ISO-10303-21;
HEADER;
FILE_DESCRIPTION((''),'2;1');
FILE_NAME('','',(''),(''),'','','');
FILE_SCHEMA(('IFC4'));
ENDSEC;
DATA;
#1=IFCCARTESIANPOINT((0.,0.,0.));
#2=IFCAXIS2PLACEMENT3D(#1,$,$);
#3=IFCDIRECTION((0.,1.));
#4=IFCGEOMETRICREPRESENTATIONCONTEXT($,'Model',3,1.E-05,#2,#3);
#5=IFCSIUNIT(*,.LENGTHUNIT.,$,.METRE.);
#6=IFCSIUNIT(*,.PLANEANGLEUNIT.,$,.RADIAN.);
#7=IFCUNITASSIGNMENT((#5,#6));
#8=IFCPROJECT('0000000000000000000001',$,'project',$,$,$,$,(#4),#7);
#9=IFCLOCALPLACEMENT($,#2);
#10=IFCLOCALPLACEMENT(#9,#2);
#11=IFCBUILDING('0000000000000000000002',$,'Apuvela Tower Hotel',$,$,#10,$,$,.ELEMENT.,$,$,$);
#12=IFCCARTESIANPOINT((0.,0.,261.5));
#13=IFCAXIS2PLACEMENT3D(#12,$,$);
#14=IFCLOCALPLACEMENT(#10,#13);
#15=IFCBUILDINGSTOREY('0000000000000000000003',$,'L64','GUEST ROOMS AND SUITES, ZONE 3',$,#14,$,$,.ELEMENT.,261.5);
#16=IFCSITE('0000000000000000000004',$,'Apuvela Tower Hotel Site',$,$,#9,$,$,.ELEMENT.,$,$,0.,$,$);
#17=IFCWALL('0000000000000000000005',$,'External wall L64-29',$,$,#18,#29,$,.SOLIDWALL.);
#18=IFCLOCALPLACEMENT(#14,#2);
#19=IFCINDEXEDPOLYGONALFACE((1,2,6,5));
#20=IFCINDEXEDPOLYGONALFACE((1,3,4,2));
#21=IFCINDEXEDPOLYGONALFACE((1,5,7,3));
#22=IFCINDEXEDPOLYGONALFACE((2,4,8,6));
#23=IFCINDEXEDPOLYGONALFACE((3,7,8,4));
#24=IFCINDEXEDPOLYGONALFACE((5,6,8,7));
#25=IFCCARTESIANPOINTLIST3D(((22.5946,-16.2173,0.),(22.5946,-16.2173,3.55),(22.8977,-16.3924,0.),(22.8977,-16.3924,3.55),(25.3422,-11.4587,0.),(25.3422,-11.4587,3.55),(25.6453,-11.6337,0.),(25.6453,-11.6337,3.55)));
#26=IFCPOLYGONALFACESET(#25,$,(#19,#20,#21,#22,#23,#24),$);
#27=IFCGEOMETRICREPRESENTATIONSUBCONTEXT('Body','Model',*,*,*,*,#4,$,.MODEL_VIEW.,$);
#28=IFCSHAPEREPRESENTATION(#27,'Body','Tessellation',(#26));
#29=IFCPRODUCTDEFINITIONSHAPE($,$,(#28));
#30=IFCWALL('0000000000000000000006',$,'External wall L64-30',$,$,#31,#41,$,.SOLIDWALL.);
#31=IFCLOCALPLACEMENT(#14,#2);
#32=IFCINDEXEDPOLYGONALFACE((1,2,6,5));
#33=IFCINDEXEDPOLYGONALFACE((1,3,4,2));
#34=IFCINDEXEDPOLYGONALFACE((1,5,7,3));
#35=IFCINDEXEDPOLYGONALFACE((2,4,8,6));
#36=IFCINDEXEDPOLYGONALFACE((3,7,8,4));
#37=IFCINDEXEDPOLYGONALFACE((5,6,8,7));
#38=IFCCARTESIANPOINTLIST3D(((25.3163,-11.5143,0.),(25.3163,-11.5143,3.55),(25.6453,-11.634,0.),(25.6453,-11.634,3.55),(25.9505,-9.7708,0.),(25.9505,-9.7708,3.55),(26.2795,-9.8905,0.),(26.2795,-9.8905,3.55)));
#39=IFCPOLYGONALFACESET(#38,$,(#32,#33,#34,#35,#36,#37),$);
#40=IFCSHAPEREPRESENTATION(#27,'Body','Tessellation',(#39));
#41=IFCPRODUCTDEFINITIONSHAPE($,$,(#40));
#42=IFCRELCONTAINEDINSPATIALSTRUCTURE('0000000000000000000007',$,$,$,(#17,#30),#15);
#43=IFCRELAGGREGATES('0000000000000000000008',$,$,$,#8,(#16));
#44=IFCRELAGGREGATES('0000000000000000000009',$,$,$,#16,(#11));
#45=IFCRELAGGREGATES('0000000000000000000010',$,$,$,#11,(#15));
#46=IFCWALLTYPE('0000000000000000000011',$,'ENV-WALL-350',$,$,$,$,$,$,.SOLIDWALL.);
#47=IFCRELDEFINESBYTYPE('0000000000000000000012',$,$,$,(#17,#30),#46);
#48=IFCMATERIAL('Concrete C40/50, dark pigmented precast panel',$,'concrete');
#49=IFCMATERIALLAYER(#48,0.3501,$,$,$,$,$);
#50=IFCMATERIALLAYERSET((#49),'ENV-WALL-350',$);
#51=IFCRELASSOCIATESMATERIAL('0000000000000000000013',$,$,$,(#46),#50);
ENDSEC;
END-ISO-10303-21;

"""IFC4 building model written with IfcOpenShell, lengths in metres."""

from ifc_helpers import new_model, si_unit, direction, frame, frame_2d, origin, place, context, subcontext, project, spatial, rectangle, extrude, material, layer, layer_set, type_object, element, save


model = new_model("IFC4")

# Units and contexts
model_context = context("Model", 3, precision=1e-05, world=origin(), true_north=direction((0.0, 1.0)))
body_context = subcontext(model_context, "Body", "Model", "MODEL_VIEW")
ifc_project = project(units=[si_unit("LENGTHUNIT", "METRE"), si_unit("PLANEANGLEUNIT", "RADIAN")], contexts=[model_context])

# Site, building, storey
site_placement = place(None, origin())
site = spatial("IfcSite", under=ifc_project, at=site_placement, Name="Apuvela Tower Hotel Site", CompositionType="ELEMENT", RefElevation=0.0)
building_placement = place(site_placement, origin())
building = spatial("IfcBuilding", under=site, at=building_placement, Name="Apuvela Tower Hotel", CompositionType="ELEMENT")
storey_placement = place(building_placement, frame((0.0, 0.0, 261.5)))
storey = spatial("IfcBuildingStorey", under=building, at=storey_placement, Name="L64", Description="GUEST ROOMS AND SUITES, ZONE 3", CompositionType="ELEMENT", Elevation=261.5)

# Shared definitions
ifc_material_1 = material(Name="Concrete C40/50, dark pigmented precast panel", Category="concrete")
ifc_layer_1 = layer(ifc_material_1, 0.3501)
ifc_layer_set_1 = layer_set([ifc_layer_1], Name="ENV-WALL-350")
wall_type_1 = type_object("IfcWallType", Name="ENV-WALL-350", PredefinedType="SOLIDWALL", material=ifc_layer_set_1)

# Walls
wall_1_placement = place(storey_placement, frame((22.7461, -16.3049, 0.0), z_axis=(0.0, 0.0, 1.0), x_axis=(0.500029, 0.866009, 0.0)))
element("IfcWall", 1, at=wall_1_placement, inside=storey, type_object=wall_type_1, Name="External wall L64-29", PredefinedType="SOLIDWALL", context=body_context, shape_type="SweptSolid", body=[
    extrude(rectangle(XDim=5.4949, YDim=0.3501, at=frame_2d((2.7476, 0.0))), origin(), (0.0, 0.0, 1.0), 3.55),
])
wall_2_placement = place(storey_placement, frame((25.4807, -11.5742, 0.0), z_axis=(0.0, 0.0, 1.0), x_axis=(0.341891, 0.93974, 0.0)))
element("IfcWall", 2, at=wall_2_placement, inside=storey, type_object=wall_type_1, Name="External wall L64-30", PredefinedType="SOLIDWALL", context=body_context, shape_type="SweptSolid", body=[
    extrude(rectangle(XDim=1.8552, YDim=0.3501, at=frame_2d((0.9277, 0.0))), origin(), (0.0, 0.0, 1.0), 3.55),
])

save(model, "model.ifc")
